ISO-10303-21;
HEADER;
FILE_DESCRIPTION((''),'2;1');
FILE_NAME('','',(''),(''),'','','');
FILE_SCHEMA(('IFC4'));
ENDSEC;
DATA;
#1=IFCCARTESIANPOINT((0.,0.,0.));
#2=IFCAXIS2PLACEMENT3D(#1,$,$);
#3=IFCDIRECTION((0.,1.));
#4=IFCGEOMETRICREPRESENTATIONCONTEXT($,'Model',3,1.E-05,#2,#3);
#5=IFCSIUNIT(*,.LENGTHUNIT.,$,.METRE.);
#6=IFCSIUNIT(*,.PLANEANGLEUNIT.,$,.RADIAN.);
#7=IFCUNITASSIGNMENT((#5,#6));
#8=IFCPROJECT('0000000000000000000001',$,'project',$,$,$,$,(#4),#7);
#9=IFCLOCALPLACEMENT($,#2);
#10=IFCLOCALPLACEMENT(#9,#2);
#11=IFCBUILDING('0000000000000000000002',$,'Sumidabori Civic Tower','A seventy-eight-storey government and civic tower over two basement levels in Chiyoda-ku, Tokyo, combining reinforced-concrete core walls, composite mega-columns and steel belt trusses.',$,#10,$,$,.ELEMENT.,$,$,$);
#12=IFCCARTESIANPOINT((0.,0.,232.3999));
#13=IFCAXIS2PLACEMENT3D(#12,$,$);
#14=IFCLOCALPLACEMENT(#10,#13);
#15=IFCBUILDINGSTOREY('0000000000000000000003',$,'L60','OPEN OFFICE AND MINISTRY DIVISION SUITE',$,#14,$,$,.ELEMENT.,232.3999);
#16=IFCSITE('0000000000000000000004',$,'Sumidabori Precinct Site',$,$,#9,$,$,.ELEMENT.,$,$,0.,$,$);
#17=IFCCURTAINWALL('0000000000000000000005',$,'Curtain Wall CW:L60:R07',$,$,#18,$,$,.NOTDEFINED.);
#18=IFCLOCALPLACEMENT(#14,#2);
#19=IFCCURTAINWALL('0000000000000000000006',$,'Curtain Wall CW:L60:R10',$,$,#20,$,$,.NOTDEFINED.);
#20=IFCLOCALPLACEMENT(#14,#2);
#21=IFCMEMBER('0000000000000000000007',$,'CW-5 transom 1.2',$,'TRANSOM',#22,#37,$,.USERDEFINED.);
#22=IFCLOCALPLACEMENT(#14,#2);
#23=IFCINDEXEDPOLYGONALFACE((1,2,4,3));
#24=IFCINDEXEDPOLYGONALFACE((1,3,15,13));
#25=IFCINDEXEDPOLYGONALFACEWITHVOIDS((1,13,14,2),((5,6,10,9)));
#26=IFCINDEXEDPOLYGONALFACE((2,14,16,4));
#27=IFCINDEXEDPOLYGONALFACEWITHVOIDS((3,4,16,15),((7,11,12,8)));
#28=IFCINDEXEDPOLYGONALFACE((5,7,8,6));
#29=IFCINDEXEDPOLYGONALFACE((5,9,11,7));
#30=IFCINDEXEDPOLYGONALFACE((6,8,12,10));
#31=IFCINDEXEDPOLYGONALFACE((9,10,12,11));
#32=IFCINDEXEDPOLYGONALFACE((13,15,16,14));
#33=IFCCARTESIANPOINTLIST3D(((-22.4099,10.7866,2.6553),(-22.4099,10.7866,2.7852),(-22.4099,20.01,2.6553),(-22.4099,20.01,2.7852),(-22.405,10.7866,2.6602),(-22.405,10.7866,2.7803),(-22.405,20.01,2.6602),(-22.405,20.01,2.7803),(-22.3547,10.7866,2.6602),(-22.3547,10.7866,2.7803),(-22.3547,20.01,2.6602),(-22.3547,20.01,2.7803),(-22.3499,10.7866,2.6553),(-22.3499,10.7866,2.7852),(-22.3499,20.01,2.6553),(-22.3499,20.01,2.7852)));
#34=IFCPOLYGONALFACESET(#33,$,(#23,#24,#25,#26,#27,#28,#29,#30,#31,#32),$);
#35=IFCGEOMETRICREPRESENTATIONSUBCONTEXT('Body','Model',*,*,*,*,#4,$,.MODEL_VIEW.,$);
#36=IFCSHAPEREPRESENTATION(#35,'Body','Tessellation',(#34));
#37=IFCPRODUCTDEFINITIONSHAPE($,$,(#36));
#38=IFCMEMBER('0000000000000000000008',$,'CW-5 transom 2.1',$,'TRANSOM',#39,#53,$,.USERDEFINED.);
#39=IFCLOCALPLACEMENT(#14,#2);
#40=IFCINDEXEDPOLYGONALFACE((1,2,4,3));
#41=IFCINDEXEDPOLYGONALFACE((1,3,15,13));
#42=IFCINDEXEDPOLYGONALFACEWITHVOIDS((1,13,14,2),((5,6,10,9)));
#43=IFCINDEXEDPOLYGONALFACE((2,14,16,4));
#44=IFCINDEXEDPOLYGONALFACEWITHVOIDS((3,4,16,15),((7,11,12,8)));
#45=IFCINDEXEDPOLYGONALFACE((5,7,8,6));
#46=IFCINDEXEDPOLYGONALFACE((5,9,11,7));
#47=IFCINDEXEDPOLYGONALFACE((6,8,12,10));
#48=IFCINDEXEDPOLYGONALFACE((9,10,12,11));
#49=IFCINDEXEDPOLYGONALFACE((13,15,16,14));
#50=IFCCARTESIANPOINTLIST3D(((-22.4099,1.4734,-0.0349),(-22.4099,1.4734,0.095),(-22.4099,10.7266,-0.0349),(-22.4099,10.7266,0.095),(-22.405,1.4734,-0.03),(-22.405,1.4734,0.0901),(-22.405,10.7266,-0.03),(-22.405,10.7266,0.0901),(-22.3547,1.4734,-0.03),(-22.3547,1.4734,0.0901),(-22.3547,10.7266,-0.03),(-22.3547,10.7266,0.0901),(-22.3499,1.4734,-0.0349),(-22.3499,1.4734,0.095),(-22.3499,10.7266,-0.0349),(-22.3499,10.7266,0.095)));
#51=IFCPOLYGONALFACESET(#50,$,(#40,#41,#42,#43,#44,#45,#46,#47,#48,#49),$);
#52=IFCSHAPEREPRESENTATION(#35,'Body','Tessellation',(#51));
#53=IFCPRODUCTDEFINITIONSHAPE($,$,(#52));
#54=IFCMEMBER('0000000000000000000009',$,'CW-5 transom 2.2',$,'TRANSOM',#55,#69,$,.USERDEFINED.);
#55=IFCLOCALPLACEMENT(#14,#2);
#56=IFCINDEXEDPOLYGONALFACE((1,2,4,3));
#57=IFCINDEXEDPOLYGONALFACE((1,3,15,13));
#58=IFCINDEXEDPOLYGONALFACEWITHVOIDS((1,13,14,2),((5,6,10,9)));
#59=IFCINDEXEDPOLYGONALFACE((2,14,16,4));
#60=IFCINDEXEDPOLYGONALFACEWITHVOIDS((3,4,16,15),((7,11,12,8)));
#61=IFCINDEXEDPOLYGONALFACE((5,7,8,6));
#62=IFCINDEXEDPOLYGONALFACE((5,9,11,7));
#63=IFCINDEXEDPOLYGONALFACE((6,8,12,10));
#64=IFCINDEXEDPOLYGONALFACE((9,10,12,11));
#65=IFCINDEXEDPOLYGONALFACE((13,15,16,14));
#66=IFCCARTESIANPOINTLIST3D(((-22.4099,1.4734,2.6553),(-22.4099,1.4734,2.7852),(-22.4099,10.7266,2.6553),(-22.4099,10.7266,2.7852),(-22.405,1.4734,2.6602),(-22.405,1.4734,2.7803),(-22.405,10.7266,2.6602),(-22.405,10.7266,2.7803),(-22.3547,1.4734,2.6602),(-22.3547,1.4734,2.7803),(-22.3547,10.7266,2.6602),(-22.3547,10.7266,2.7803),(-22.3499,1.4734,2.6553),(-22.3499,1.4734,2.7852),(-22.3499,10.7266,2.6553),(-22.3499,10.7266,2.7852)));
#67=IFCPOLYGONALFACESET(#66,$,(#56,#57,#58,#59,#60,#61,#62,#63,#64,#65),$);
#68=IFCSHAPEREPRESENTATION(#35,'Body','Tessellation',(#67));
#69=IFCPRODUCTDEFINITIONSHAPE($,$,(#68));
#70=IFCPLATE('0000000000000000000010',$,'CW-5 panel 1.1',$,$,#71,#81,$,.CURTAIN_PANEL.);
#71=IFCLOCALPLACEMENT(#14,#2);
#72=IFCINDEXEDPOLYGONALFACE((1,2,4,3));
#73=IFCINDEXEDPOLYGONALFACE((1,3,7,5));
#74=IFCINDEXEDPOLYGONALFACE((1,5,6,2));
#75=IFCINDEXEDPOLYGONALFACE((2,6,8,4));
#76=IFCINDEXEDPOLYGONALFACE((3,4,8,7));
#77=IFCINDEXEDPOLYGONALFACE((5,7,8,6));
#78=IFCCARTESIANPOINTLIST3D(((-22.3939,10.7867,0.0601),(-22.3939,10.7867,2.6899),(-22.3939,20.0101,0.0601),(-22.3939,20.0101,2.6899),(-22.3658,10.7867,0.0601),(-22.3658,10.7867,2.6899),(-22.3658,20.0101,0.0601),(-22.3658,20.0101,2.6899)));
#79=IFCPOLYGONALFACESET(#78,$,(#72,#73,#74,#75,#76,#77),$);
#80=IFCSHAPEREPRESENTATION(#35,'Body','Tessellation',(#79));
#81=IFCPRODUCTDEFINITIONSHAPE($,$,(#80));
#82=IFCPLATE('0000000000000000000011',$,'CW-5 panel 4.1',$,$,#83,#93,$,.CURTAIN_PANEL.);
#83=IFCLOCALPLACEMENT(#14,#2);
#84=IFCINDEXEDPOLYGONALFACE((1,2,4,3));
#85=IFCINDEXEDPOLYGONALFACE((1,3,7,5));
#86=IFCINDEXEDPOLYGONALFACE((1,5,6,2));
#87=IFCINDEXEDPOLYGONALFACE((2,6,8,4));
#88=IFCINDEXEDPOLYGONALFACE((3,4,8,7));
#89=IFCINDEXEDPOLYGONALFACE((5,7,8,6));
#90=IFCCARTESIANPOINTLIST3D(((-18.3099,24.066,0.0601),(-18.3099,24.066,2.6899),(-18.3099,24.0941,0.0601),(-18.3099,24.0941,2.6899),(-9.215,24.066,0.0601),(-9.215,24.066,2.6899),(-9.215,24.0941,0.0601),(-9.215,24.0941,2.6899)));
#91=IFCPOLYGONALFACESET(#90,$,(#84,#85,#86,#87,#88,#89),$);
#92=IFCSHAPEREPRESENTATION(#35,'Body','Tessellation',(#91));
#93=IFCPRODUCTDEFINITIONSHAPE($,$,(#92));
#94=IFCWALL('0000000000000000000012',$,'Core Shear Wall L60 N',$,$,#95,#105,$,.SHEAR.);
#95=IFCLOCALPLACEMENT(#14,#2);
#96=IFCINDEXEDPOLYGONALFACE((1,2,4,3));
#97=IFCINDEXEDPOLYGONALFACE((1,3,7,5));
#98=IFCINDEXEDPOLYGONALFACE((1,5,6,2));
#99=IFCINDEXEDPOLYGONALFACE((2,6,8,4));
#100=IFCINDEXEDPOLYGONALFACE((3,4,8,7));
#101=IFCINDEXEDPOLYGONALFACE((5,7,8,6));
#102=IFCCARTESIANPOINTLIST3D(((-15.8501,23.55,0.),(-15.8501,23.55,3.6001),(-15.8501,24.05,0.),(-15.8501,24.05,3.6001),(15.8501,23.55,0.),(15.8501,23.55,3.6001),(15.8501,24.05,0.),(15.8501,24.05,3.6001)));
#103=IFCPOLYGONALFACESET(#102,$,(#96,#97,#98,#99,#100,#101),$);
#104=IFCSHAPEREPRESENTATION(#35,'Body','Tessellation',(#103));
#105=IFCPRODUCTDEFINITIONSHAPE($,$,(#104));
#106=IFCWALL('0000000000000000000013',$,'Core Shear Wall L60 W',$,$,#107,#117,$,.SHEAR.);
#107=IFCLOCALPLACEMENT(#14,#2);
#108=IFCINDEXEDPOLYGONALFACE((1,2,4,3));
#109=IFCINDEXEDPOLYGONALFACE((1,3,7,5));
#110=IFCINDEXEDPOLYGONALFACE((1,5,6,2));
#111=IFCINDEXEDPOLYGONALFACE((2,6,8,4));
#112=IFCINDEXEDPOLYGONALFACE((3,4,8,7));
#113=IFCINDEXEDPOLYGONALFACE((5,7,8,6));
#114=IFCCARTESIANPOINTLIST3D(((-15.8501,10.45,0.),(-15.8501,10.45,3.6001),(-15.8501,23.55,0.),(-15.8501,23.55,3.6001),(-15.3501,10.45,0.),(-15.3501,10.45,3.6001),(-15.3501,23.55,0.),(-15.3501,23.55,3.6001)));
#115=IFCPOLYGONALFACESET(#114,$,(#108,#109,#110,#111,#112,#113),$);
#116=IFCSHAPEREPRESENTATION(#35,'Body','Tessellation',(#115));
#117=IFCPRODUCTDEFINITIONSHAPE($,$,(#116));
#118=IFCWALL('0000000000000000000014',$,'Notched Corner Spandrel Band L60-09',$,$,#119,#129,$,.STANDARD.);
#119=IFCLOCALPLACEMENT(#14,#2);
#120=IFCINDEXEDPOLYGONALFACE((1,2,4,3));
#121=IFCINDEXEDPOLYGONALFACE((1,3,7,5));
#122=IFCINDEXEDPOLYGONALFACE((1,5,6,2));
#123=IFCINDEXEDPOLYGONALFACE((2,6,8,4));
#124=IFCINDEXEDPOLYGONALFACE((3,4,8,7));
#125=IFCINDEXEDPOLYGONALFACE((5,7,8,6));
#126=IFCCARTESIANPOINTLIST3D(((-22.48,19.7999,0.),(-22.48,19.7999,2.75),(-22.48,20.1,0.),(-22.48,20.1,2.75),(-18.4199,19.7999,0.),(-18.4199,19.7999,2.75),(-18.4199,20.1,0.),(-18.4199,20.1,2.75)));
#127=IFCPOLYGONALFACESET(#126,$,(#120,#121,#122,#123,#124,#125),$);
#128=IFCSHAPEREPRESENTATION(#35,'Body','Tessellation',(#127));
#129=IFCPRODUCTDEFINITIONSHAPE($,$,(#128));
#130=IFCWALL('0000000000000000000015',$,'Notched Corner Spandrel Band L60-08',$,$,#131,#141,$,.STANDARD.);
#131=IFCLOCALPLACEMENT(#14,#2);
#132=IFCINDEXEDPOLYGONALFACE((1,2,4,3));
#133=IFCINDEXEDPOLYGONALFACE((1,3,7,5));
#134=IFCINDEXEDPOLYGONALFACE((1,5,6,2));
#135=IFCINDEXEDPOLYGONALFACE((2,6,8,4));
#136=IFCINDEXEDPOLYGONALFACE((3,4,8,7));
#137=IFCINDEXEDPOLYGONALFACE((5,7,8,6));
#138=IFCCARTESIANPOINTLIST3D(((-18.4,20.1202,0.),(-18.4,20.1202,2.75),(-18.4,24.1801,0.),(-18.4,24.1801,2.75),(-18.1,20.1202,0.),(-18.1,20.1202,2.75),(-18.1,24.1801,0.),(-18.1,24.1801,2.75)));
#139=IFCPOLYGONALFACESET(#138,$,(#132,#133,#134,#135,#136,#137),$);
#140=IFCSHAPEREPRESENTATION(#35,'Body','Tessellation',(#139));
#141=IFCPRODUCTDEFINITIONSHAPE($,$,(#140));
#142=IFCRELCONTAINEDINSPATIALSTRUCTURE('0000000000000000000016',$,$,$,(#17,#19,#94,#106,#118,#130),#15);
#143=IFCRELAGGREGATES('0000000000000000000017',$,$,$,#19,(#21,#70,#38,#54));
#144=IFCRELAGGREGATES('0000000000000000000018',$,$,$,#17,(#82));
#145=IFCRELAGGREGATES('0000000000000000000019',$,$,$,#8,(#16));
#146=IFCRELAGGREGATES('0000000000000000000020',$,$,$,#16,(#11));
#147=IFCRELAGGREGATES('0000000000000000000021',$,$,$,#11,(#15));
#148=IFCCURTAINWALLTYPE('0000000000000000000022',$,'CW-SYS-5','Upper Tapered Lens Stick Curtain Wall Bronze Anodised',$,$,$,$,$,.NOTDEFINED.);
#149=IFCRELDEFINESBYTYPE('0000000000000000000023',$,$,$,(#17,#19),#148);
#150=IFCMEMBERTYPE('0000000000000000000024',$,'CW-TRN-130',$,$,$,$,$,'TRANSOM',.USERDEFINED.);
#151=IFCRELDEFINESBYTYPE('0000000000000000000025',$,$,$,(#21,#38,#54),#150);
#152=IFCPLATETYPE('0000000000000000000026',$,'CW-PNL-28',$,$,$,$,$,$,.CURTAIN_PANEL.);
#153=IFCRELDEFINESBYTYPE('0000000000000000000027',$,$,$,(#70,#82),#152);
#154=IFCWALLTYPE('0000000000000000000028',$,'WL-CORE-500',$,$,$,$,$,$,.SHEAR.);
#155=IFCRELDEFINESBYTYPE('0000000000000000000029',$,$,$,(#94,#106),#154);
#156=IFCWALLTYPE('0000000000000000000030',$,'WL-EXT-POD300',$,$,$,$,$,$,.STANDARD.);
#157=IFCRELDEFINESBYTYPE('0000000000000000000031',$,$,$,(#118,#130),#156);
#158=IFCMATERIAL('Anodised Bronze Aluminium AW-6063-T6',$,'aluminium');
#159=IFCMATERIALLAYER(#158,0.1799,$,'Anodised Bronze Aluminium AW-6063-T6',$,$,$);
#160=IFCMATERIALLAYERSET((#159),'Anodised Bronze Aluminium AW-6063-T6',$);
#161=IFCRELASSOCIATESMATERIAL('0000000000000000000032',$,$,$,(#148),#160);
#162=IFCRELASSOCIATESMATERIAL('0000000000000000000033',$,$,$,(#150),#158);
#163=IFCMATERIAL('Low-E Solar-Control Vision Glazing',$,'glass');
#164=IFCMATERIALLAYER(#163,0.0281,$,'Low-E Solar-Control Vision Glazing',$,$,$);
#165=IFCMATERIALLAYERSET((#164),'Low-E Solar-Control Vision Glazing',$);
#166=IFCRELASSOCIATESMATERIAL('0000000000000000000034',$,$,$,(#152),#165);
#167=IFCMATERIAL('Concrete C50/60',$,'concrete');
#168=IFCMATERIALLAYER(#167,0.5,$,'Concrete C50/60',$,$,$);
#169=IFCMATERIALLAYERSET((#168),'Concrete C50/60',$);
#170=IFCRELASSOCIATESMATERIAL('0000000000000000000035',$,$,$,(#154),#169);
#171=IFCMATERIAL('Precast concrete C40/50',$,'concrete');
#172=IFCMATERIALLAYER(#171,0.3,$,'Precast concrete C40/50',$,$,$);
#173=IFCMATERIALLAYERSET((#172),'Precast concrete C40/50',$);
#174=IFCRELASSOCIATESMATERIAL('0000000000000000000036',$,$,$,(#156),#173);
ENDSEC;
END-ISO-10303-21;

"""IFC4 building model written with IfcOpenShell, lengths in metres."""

from ifc_helpers import new_model, si_unit, direction, frame, frame_2d, origin, origin_2d, place, context, subcontext, project, spatial, rectangle, hollow_rectangle, extrude, source, transform, mapped, material, layer, layer_set, material_profile, profile_set, type_object, element, aggregate, save


model = new_model("IFC4")

# Units and contexts
model_context = context("Model", 3, precision=1e-05, world=origin(), true_north=direction((0.0, 1.0)))
body_context = subcontext(model_context, "Body", "Model", "MODEL_VIEW")
ifc_project = project(units=[si_unit("LENGTHUNIT", "METRE"), si_unit("PLANEANGLEUNIT", "RADIAN")], contexts=[model_context])

# Site, building, storey
site_placement = place(None, origin())
site = spatial("IfcSite", under=ifc_project, at=site_placement, Name="Sumidabori Precinct Site", CompositionType="ELEMENT", RefElevation=0.0)
building_placement = place(site_placement, origin())
building = spatial("IfcBuilding", under=site, at=building_placement, Name="Sumidabori Civic Tower", Description="A seventy-eight-storey government and civic tower over two basement levels in Chiyoda-ku, Tokyo, combining reinforced-concrete core walls, composite mega-columns and steel belt trusses.", CompositionType="ELEMENT")
storey_placement = place(building_placement, frame((0.0, 0.0, 232.3999)))
storey = spatial("IfcBuildingStorey", under=building, at=storey_placement, Name="L60", Description="OPEN OFFICE AND MINISTRY DIVISION SUITE", CompositionType="ELEMENT", Elevation=232.3999)

# Curtain wall
ifc_material_1 = material(Name="Anodised Bronze Aluminium AW-6063-T6", Category="aluminium")
ifc_layer_1 = layer(ifc_material_1, 0.1799, Name="Anodised Bronze Aluminium AW-6063-T6")
ifc_layer_set_1 = layer_set([ifc_layer_1], Name="Anodised Bronze Aluminium AW-6063-T6")
curtain_wall_type = type_object("IfcCurtainWallType", Name="CW-SYS-5", Description="Upper Tapered Lens Stick Curtain Wall Bronze Anodised", PredefinedType="NOTDEFINED", material=ifc_layer_set_1)
curtain_wall_1_placement = place(storey_placement, origin())
curtain_wall_1 = element("IfcCurtainWall", 1, at=curtain_wall_1_placement, inside=storey, type_object=curtain_wall_type, Name="Curtain Wall CW:L60:R07", PredefinedType="NOTDEFINED")

# Curtain wall, members, plate
curtain_wall_2_placement = place(storey_placement, origin())
curtain_wall_2 = element("IfcCurtainWall", 2, at=curtain_wall_2_placement, inside=storey, type_object=curtain_wall_type, Name="Curtain Wall CW:L60:R10", PredefinedType="NOTDEFINED")
ifc_material_profile_1 = material_profile(ifc_material_1, hollow_rectangle(XDim=0.0601, YDim=0.1299, WallThickness=0.0049, at=origin_2d()), Name="ALU TRANSOM 130x60")
ifc_profile_set_1 = profile_set([ifc_material_profile_1], Name="Anodised Bronze Aluminium AW-6063-T6")
member_type_1 = type_object("IfcMemberType", Name="CW-TRN-130", ElementType="TRANSOM", PredefinedType="USERDEFINED", material=ifc_profile_set_1)
shared_shape_1 = source(origin(), body_context, "Body", "SweptSolid", [
    extrude(hollow_rectangle(XDim=0.0601, YDim=0.1299, WallThickness=0.0049, at=origin_2d()), origin(), (0.0, 0.0, 1.0), 9.2234),
])
member_1_placement = place(storey_placement, frame((-22.3799, 20.01, 2.7202), z_axis=(0.0, -1.0, 0.0), x_axis=(1.0, 0.0, 0.0)))
member_1 = element("IfcMember", 3, at=member_1_placement, type_object=member_type_1, Name="CW-5 transom 1.2", ObjectType="TRANSOM", PredefinedType="USERDEFINED", context=body_context, shape_type="MappedRepresentation", body=[
    mapped(shared_shape_1, transform((0.0, 0.0, 0.0), x_axis=(1.0, 0.0, 0.0), y_axis=(0.0, 1.0, 0.0), z_axis=(0.0, 0.0, 1.0), scale=1.0)),
])
shared_shape_2 = source(origin(), body_context, "Body", "SweptSolid", [
    extrude(hollow_rectangle(XDim=0.0601, YDim=0.1299, WallThickness=0.0049, at=origin_2d()), origin(), (0.0, 0.0, 1.0), 9.2532),
])
member_2_placement = place(storey_placement, frame((-22.3799, 10.7266, 0.03), z_axis=(0.0, -1.0, 0.0), x_axis=(1.0, 0.0, 0.0)))
member_2 = element("IfcMember", 4, at=member_2_placement, type_object=member_type_1, Name="CW-5 transom 2.1", ObjectType="TRANSOM", PredefinedType="USERDEFINED", context=body_context, shape_type="MappedRepresentation", body=[
    mapped(shared_shape_2, transform((0.0, 0.0, 0.0), x_axis=(1.0, 0.0, 0.0), y_axis=(0.0, 1.0, 0.0), z_axis=(0.0, 0.0, 1.0), scale=1.0)),
])
member_3_placement = place(storey_placement, frame((-22.3799, 10.7266, 2.7202), z_axis=(0.0, -1.0, 0.0), x_axis=(1.0, 0.0, 0.0)))
member_3 = element("IfcMember", 5, at=member_3_placement, type_object=member_type_1, Name="CW-5 transom 2.2", ObjectType="TRANSOM", PredefinedType="USERDEFINED", context=body_context, shape_type="MappedRepresentation", body=[
    mapped(shared_shape_2, transform((0.0, 0.0, 0.0), x_axis=(1.0, 0.0, 0.0), y_axis=(0.0, 1.0, 0.0), z_axis=(0.0, 0.0, 1.0), scale=1.0)),
])
ifc_material_2 = material(Name="Low-E Solar-Control Vision Glazing", Category="glass")
ifc_layer_2 = layer(ifc_material_2, 0.0281, Name="Low-E Solar-Control Vision Glazing")
ifc_layer_set_2 = layer_set([ifc_layer_2], Name="Low-E Solar-Control Vision Glazing")
plate_type = type_object("IfcPlateType", Name="CW-PNL-28", PredefinedType="CURTAIN_PANEL", material=ifc_layer_set_2)
shared_shape_3 = source(origin(), body_context, "Body", "SweptSolid", [
    extrude(rectangle(XDim=9.2234, YDim=0.0281, at=origin_2d()), origin(), (0.0, 0.0, 1.0), 2.6299),
])
plate_1_placement = place(storey_placement, frame((-22.3799, 15.3984, 0.0601), z_axis=(0.0, 0.0, 1.0), x_axis=(0.0, -1.0, 0.0)))
plate_1 = element("IfcPlate", 6, at=plate_1_placement, type_object=plate_type, Name="CW-5 panel 1.1", PredefinedType="CURTAIN_PANEL", context=body_context, shape_type="MappedRepresentation", body=[
    mapped(shared_shape_3, transform((0.0, 0.0, 0.0), x_axis=(1.0, 0.0, 0.0), y_axis=(0.0, 1.0, 0.0), z_axis=(0.0, 0.0, 1.0), scale=1.0)),
])
aggregate(curtain_wall_2, [member_1, plate_1, member_2, member_3])

# Plate
shared_shape_4 = source(origin(), body_context, "Body", "SweptSolid", [
    extrude(rectangle(XDim=9.095, YDim=0.0281, at=origin_2d()), origin(), (0.0, 0.0, 1.0), 2.6299),
])
plate_2_placement = place(storey_placement, frame((-13.7625, 24.0801, 0.0601), z_axis=(0.0, 0.0, 1.0), x_axis=(-1.0, 0.0, 0.0)))
plate_2 = element("IfcPlate", 7, at=plate_2_placement, type_object=plate_type, Name="CW-5 panel 4.1", PredefinedType="CURTAIN_PANEL", context=body_context, shape_type="MappedRepresentation", body=[
    mapped(shared_shape_4, transform((0.0, 0.0, 0.0), x_axis=(1.0, 0.0, 0.0), y_axis=(0.0, 1.0, 0.0), z_axis=(0.0, 0.0, 1.0), scale=1.0)),
])
aggregate(curtain_wall_1, [plate_2])

# Wall
ifc_material_3 = material(Name="Concrete C50/60", Category="concrete")
ifc_layer_3 = layer(ifc_material_3, 0.5, Name="Concrete C50/60")
ifc_layer_set_3 = layer_set([ifc_layer_3], Name="Concrete C50/60")
wall_type_1 = type_object("IfcWallType", Name="WL-CORE-500", PredefinedType="SHEAR", material=ifc_layer_set_3)
shared_shape_5 = source(origin(), body_context, "Body", "SweptSolid", [
    extrude(rectangle(XDim=31.7002, YDim=0.5, at=frame_2d((15.8501, 0.0))), origin(), (0.0, 0.0, 1.0), 3.6001),
])
wall_1_placement = place(storey_placement, frame((-15.8501, 23.8, 0.0), z_axis=(0.0, 0.0, 1.0), x_axis=(1.0, 0.0, 0.0)))
element("IfcWall", 8, at=wall_1_placement, inside=storey, type_object=wall_type_1, Name="Core Shear Wall L60 N", PredefinedType="SHEAR", context=body_context, shape_type="MappedRepresentation", body=[
    mapped(shared_shape_5, transform((0.0, 0.0, 0.0), x_axis=(1.0, 0.0, 0.0), y_axis=(0.0, 1.0, 0.0), z_axis=(0.0, 0.0, 1.0), scale=1.0)),
])

# Wall
shared_shape_6 = source(origin(), body_context, "Body", "SweptSolid", [
    extrude(rectangle(XDim=13.1001, YDim=0.5, at=frame_2d((6.55, 0.0))), origin(), (0.0, 0.0, 1.0), 3.6001),
])
wall_2_placement = place(storey_placement, frame((-15.6001, 10.45, 0.0), z_axis=(0.0, 0.0, 1.0), x_axis=(0.0, 1.0, 0.0)))
element("IfcWall", 9, at=wall_2_placement, inside=storey, type_object=wall_type_1, Name="Core Shear Wall L60 W", PredefinedType="SHEAR", context=body_context, shape_type="MappedRepresentation", body=[
    mapped(shared_shape_6, transform((0.0, 0.0, 0.0), x_axis=(1.0, 0.0, 0.0), y_axis=(0.0, 1.0, 0.0), z_axis=(0.0, 0.0, 1.0), scale=1.0)),
])

# Walls
ifc_material_4 = material(Name="Precast concrete C40/50", Category="concrete")
ifc_layer_4 = layer(ifc_material_4, 0.3, Name="Precast concrete C40/50")
ifc_layer_set_4 = layer_set([ifc_layer_4], Name="Precast concrete C40/50")
wall_type_2 = type_object("IfcWallType", Name="WL-EXT-POD300", PredefinedType="STANDARD", material=ifc_layer_set_4)
shared_shape_7 = source(origin(), body_context, "Body", "SweptSolid", [
    extrude(rectangle(XDim=4.0601, YDim=0.3, at=frame_2d((2.03, 0.0))), origin(), (0.0, 0.0, 1.0), 2.75),
])
wall_3_placement = place(storey_placement, frame((-18.4199, 19.95, 0.0), z_axis=(0.0, 0.0, 1.0), x_axis=(-1.0, 0.0, 0.0)))
element("IfcWall", 10, at=wall_3_placement, inside=storey, type_object=wall_type_2, Name="Notched Corner Spandrel Band L60-09", PredefinedType="STANDARD", context=body_context, shape_type="MappedRepresentation", body=[
    mapped(shared_shape_7, transform((0.0, 0.0, 0.0), x_axis=(1.0, 0.0, 0.0), y_axis=(0.0, 1.0, 0.0), z_axis=(0.0, 0.0, 1.0), scale=1.0)),
])
shared_shape_8 = source(origin(), body_context, "Body", "SweptSolid", [
    extrude(rectangle(XDim=4.0598, YDim=0.3, at=frame_2d((2.0298, 0.0))), origin(), (0.0, 0.0, 1.0), 2.75),
])
wall_4_placement = place(storey_placement, frame((-18.25, 24.1799, 0.0), z_axis=(0.0, 0.0, 1.0), x_axis=(0.0, -1.0, 0.0)))
element("IfcWall", 11, at=wall_4_placement, inside=storey, type_object=wall_type_2, Name="Notched Corner Spandrel Band L60-08", PredefinedType="STANDARD", context=body_context, shape_type="MappedRepresentation", body=[
    mapped(shared_shape_8, transform((0.0, 0.0, 0.0), x_axis=(1.0, 0.0, 0.0), y_axis=(0.0, 1.0, 0.0), z_axis=(0.0, 0.0, 1.0), scale=1.0)),
])

save(model, "model.ifc")
